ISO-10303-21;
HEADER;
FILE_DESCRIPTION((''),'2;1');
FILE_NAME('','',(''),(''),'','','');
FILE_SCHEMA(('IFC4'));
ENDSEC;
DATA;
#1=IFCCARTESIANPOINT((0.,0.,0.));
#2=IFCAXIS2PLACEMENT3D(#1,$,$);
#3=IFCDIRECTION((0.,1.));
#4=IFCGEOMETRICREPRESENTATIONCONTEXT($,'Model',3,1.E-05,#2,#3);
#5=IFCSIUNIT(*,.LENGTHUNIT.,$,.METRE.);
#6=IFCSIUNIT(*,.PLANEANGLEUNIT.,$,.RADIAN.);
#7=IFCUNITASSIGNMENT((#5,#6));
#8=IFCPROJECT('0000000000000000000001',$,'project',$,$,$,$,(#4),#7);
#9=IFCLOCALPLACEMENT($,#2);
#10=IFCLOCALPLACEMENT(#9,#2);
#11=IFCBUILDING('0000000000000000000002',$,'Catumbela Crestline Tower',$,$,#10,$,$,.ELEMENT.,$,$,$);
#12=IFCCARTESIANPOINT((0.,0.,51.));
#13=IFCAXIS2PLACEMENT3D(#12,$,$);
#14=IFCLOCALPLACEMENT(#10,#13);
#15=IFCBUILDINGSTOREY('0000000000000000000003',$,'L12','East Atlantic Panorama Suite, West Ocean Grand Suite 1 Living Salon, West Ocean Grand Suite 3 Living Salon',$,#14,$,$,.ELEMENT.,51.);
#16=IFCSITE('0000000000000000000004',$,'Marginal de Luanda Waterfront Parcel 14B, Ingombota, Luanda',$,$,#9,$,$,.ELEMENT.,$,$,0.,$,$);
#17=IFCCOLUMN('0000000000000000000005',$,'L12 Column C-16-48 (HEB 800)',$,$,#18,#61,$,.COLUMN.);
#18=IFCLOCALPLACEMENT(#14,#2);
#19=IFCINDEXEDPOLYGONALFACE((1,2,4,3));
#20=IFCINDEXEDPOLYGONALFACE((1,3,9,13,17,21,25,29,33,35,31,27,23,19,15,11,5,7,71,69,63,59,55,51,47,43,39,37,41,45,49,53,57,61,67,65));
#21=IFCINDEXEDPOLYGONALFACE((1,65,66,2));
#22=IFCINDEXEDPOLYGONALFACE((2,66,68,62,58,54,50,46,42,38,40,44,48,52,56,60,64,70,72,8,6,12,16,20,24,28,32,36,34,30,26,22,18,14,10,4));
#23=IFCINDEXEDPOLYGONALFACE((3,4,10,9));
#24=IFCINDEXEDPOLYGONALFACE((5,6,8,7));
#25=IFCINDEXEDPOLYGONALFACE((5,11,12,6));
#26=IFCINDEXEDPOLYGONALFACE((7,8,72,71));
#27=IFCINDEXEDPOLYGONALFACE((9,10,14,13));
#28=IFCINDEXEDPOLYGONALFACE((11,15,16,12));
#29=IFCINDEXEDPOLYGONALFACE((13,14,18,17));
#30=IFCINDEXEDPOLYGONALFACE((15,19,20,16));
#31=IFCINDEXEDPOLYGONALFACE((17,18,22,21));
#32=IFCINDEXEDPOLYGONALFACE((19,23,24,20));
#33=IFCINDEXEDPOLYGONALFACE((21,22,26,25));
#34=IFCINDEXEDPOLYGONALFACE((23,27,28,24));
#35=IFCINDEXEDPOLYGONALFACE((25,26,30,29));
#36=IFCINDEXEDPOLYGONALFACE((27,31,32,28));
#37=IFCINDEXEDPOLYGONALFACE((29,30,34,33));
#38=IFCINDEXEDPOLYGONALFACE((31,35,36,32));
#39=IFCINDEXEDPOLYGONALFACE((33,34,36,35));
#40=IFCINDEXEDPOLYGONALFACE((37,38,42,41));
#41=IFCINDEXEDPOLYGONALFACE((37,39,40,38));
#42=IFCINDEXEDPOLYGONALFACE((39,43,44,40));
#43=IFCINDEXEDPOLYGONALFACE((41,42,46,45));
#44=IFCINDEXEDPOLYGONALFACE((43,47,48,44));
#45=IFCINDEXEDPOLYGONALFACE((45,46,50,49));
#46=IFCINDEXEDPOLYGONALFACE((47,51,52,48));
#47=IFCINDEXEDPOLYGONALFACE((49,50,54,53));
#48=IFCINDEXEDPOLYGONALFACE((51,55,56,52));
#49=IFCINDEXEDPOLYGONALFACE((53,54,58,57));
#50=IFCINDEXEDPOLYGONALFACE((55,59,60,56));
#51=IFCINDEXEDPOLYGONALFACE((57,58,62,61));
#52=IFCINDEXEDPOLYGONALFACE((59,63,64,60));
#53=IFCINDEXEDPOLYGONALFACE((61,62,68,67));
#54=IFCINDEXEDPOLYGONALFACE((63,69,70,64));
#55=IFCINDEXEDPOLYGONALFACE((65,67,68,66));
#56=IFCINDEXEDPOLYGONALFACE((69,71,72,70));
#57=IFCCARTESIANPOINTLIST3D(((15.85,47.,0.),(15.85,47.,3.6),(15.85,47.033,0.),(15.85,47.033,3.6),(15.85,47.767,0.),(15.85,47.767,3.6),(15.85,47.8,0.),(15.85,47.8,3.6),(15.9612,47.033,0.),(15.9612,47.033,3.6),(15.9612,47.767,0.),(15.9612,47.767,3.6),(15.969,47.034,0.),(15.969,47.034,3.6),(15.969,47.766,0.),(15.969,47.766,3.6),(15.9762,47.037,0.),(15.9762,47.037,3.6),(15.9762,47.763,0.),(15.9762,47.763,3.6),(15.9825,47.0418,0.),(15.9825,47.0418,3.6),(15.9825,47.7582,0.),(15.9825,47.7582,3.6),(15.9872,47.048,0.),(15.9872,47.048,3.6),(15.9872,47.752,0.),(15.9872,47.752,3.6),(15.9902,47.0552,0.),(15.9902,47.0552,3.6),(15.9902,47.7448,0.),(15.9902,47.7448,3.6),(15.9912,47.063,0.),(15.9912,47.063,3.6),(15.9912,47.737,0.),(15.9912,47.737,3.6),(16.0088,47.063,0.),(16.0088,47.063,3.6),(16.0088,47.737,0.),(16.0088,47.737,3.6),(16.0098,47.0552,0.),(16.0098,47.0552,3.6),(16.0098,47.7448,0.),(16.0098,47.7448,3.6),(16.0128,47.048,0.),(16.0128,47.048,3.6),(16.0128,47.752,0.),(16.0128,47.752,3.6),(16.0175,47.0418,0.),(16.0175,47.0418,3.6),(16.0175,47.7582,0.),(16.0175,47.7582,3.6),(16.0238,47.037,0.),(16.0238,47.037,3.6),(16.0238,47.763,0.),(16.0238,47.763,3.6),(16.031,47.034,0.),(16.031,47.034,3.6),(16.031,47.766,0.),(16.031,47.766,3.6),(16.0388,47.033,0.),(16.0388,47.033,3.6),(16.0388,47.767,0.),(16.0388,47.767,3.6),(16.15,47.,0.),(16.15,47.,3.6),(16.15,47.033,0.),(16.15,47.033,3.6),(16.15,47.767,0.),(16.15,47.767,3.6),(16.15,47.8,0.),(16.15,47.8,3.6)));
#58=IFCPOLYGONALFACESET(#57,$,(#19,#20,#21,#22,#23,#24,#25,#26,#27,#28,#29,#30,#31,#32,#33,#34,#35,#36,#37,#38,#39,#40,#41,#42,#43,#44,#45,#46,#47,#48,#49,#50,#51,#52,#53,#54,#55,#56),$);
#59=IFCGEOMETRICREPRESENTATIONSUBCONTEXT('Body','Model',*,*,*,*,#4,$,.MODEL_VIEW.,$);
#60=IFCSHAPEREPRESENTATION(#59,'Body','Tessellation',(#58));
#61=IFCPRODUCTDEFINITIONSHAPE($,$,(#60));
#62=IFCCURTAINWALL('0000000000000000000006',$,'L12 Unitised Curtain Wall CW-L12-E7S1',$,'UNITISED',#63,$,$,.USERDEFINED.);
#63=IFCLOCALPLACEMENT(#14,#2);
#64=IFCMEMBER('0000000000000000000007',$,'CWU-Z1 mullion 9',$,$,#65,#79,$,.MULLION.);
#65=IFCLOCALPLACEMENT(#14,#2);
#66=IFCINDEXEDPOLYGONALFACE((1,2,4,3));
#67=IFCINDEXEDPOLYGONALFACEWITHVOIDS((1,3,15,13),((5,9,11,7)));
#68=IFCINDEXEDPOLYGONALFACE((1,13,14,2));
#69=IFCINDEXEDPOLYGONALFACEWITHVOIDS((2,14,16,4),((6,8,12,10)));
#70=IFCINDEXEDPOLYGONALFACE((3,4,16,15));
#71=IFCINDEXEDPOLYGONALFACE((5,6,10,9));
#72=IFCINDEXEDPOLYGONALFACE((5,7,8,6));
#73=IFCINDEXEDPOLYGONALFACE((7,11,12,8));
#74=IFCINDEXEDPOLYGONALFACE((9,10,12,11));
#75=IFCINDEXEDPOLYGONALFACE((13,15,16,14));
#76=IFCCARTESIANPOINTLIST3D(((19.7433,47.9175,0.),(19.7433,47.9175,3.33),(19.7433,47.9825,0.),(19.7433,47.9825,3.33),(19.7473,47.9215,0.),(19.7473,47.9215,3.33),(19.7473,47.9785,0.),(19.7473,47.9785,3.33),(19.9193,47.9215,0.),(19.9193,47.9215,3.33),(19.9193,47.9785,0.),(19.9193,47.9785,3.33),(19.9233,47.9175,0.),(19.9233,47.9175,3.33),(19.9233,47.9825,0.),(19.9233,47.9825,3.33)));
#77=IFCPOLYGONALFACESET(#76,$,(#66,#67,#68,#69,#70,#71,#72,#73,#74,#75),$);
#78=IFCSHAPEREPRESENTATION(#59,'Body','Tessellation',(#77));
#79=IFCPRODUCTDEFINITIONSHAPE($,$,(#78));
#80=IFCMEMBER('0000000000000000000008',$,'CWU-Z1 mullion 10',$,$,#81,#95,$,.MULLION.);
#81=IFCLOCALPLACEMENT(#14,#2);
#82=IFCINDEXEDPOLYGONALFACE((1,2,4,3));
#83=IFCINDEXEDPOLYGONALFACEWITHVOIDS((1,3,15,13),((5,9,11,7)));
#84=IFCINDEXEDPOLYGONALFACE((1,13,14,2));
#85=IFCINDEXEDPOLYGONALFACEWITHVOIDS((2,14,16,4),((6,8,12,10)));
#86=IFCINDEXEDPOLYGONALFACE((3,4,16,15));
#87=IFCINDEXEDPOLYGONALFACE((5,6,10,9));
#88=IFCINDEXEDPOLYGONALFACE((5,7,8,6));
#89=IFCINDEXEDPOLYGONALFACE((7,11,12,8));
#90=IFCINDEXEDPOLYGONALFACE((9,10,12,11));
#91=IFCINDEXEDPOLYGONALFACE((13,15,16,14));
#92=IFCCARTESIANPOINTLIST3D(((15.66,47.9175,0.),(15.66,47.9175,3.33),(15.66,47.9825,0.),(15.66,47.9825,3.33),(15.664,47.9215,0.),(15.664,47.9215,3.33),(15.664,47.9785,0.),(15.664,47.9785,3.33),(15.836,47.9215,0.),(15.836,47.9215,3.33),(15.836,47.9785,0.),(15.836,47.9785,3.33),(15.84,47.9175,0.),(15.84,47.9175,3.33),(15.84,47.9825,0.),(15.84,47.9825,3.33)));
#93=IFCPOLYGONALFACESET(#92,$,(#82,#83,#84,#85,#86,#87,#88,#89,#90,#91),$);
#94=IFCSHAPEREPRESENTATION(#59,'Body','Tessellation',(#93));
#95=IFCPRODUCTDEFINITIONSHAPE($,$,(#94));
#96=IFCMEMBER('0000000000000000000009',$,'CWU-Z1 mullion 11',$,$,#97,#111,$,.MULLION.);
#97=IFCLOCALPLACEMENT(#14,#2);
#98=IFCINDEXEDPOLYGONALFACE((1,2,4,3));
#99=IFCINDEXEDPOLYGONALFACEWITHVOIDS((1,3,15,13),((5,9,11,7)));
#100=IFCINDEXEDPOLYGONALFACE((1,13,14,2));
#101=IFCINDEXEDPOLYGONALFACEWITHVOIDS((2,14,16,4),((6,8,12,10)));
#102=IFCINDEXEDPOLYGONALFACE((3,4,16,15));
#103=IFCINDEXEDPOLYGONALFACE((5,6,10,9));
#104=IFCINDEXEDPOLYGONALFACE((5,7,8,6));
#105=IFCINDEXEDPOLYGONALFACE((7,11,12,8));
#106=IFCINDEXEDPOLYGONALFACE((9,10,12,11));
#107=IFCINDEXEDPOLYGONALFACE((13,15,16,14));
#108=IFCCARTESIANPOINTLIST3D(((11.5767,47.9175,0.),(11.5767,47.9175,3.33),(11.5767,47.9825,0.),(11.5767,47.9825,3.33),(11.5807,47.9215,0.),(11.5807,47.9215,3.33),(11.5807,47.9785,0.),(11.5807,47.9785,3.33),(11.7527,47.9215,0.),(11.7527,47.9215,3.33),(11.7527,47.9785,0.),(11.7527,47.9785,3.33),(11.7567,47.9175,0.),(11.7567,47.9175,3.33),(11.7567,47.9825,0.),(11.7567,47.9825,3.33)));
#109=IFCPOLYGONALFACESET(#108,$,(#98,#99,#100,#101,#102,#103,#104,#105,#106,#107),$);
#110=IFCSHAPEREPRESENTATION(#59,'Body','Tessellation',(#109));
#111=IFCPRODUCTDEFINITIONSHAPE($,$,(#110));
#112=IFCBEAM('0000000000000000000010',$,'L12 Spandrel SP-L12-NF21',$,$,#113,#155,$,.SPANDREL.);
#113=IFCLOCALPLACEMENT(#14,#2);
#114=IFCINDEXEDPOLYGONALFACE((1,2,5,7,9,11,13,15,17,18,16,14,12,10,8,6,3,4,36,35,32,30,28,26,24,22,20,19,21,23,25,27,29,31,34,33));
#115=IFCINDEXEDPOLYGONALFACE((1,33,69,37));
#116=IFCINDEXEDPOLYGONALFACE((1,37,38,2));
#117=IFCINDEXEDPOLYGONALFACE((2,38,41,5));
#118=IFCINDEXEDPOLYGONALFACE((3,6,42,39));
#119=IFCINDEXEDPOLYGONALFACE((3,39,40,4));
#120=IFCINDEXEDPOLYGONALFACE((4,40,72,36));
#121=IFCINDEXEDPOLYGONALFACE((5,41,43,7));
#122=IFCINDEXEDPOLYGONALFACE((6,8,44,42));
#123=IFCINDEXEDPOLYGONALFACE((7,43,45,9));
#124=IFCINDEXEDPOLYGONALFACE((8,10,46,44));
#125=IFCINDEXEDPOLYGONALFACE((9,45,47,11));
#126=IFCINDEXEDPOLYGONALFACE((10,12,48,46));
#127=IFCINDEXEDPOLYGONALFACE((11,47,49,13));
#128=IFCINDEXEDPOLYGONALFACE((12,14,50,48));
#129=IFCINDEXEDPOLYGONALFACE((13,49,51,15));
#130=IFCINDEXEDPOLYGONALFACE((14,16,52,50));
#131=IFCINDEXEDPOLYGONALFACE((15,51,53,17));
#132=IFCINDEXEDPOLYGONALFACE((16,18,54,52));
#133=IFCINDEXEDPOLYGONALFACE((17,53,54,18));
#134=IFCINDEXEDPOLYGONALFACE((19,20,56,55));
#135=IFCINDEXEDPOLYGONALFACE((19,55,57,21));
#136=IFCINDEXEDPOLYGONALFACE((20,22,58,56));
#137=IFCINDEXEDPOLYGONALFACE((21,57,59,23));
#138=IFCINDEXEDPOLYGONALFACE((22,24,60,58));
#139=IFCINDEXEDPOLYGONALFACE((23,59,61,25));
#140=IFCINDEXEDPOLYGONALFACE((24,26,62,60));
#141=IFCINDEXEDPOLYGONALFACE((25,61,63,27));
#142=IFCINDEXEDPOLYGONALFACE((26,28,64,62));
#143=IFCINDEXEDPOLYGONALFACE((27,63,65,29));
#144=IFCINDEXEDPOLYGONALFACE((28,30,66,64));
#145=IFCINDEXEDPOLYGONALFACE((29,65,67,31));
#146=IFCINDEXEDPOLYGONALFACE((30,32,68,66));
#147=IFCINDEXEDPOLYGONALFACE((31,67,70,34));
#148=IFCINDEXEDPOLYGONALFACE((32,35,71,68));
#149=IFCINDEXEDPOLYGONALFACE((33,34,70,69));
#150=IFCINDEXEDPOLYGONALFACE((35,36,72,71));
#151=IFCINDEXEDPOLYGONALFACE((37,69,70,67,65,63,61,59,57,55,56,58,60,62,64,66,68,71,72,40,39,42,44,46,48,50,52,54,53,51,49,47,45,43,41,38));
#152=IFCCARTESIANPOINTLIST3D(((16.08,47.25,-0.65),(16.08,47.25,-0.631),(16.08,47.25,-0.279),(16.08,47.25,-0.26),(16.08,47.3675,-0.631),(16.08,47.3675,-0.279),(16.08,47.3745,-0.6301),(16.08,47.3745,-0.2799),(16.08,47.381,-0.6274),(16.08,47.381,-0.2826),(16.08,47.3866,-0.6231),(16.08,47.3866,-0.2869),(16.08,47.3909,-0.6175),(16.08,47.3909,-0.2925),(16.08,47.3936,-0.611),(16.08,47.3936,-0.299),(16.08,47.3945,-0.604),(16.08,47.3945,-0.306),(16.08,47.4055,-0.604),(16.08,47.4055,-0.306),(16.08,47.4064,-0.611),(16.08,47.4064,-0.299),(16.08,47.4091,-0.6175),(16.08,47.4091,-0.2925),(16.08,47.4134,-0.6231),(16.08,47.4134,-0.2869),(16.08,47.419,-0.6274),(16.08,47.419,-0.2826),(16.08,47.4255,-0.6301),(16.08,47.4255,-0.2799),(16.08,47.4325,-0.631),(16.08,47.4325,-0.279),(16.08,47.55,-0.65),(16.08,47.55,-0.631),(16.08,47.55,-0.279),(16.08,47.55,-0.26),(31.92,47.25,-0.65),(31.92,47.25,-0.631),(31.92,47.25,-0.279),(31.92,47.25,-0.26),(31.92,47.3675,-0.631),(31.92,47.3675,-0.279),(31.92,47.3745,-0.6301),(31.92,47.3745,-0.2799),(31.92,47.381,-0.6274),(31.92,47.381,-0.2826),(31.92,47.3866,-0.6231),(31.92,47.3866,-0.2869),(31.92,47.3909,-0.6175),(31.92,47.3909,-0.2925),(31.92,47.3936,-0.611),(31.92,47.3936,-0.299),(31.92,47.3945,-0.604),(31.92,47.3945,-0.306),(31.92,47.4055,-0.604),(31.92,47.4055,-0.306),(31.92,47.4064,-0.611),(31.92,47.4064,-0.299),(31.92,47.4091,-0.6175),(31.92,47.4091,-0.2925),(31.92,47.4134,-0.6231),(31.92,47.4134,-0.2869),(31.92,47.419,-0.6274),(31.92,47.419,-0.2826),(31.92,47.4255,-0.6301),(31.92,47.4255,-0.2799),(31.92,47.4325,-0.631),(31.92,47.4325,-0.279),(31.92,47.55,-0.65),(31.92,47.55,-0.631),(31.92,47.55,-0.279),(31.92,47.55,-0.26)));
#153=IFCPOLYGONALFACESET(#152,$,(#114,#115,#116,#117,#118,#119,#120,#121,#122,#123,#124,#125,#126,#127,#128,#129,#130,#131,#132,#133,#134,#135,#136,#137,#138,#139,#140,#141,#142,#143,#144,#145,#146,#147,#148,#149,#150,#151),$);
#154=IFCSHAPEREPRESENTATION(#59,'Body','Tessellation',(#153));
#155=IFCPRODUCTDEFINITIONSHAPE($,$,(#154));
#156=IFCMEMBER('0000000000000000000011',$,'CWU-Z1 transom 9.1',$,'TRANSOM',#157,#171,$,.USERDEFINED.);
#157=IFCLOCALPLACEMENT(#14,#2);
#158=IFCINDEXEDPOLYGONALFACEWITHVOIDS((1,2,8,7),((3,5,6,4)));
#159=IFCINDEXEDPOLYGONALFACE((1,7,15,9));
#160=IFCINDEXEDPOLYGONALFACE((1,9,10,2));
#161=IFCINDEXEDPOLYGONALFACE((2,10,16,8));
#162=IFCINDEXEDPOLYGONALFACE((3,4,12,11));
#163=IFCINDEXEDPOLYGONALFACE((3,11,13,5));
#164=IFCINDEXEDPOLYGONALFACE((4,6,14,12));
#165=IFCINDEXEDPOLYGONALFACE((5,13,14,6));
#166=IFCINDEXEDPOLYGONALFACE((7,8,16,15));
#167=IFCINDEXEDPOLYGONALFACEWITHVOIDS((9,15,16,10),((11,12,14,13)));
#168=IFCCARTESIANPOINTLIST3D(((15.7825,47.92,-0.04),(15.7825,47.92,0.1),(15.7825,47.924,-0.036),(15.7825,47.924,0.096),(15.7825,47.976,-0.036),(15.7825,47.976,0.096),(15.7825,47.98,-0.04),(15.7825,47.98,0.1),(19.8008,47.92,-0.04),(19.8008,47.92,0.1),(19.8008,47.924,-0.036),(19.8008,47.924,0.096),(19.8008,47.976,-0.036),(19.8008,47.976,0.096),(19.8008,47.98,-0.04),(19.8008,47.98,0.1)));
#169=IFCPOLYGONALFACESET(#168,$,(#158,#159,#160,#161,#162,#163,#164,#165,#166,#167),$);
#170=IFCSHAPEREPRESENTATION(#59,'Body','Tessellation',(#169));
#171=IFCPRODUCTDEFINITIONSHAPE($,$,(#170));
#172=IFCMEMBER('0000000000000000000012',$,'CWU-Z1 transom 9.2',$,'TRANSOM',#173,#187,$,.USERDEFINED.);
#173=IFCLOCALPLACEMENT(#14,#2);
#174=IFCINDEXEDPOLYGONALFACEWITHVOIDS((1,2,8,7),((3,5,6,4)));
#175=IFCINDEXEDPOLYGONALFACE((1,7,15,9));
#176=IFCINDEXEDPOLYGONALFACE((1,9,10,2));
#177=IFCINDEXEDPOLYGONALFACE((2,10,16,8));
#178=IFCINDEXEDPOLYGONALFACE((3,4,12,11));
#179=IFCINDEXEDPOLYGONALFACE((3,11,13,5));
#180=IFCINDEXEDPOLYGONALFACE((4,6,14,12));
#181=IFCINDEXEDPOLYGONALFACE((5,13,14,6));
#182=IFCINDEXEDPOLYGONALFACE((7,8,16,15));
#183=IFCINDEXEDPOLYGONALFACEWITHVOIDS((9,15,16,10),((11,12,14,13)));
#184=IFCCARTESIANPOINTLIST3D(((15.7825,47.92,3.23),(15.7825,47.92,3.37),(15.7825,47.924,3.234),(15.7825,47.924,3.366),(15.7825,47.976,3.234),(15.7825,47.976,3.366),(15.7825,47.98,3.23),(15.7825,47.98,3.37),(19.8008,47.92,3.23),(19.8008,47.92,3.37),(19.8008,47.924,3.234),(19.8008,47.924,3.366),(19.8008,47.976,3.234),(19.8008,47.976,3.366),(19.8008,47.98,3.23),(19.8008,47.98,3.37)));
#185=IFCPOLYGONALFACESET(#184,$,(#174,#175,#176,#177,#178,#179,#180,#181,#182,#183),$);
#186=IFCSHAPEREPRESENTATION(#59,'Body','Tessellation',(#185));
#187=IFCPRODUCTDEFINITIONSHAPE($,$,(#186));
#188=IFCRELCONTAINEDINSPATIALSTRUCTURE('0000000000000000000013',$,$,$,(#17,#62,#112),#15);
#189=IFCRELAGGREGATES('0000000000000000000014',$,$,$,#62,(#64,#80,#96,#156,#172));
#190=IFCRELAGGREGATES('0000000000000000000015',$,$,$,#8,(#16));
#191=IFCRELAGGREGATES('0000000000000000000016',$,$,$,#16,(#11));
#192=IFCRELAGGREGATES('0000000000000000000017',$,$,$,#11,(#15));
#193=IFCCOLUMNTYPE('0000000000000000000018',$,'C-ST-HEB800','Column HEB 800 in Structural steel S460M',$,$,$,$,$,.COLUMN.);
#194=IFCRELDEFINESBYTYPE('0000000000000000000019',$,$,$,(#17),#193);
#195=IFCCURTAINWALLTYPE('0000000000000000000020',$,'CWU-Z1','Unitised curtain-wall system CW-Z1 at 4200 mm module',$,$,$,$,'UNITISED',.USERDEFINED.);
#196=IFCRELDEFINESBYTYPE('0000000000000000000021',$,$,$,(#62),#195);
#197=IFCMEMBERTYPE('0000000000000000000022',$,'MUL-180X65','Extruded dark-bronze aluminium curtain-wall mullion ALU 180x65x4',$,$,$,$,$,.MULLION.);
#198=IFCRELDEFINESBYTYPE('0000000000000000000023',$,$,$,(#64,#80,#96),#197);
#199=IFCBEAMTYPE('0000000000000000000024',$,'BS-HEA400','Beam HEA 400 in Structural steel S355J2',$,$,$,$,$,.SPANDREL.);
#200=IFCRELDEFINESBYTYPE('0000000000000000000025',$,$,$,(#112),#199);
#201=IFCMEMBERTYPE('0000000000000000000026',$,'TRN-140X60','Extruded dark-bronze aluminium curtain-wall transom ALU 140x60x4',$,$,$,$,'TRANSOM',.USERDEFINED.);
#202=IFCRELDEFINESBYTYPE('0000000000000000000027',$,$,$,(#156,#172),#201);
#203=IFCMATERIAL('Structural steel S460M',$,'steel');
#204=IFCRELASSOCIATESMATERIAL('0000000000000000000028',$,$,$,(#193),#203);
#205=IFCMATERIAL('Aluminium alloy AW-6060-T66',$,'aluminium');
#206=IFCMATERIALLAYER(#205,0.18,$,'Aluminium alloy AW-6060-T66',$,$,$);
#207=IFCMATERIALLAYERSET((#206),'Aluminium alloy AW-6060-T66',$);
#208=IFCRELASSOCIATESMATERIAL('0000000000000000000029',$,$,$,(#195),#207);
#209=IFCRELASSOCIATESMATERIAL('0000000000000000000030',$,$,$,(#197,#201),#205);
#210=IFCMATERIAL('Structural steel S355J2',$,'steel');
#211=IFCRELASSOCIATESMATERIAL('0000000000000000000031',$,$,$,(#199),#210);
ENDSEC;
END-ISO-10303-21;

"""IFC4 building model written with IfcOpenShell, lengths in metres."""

from ifc_helpers import new_model, si_unit, direction, frame, origin, origin_2d, place, context, subcontext, project, spatial, hollow_rectangle, i_section, extrude, material, layer, layer_set, material_profile, profile_set, type_object, element, aggregate, save


model = new_model("IFC4")

# Units and contexts
model_context = context("Model", 3, precision=1e-05, world=origin(), true_north=direction((0.0, 1.0)))
body_context = subcontext(model_context, "Body", "Model", "MODEL_VIEW")
ifc_project = project(units=[si_unit("LENGTHUNIT", "METRE"), si_unit("PLANEANGLEUNIT", "RADIAN")], contexts=[model_context])

# Site, building, storey
site_placement = place(None, origin())
site = spatial("IfcSite", under=ifc_project, at=site_placement, Name="Marginal de Luanda Waterfront Parcel 14B, Ingombota, Luanda", CompositionType="ELEMENT", RefElevation=0.0)
building_placement = place(site_placement, origin())
building = spatial("IfcBuilding", under=site, at=building_placement, Name="Catumbela Crestline Tower", CompositionType="ELEMENT")
storey_placement = place(building_placement, frame((0.0, 0.0, 51.0)))
storey = spatial("IfcBuildingStorey", under=building, at=storey_placement, Name="L12", Description="East Atlantic Panorama Suite, West Ocean Grand Suite 1 Living Salon, West Ocean Grand Suite 3 Living Salon", CompositionType="ELEMENT", Elevation=51.0)

# Column
ifc_material_1 = material(Name="Structural steel S460M", Category="steel")
ifc_material_profile_1 = material_profile(ifc_material_1, i_section(OverallWidth=0.3, OverallDepth=0.8, WebThickness=0.0175, FlangeThickness=0.033, FilletRadius=0.03, at=origin_2d()), Name="HEB 800")
ifc_profile_set_1 = profile_set([ifc_material_profile_1], Name="Structural steel S460M")
column_type = type_object("IfcColumnType", Name="C-ST-HEB800", Description="Column HEB 800 in Structural steel S460M", PredefinedType="COLUMN", material=ifc_profile_set_1)
column_placement = place(storey_placement, frame((16.0, 47.4, 0.0), z_axis=(0.0, 0.0, 1.0), x_axis=(1.0, 0.0, 0.0)))
element("IfcColumn", 1, at=column_placement, inside=storey, type_object=column_type, Name="L12 Column C-16-48 (HEB 800)", PredefinedType="COLUMN", context=body_context, shape_type="SweptSolid", body=[
    extrude(i_section(OverallWidth=0.3, OverallDepth=0.8, WebThickness=0.0175, FlangeThickness=0.033, FilletRadius=0.03, at=origin_2d()), origin(), (0.0, 0.0, 1.0), 3.6),
])

# Curtain wall, members
ifc_material_2 = material(Name="Aluminium alloy AW-6060-T66", Category="aluminium")
ifc_layer_1 = layer(ifc_material_2, 0.18, Name="Aluminium alloy AW-6060-T66")
ifc_layer_set_1 = layer_set([ifc_layer_1], Name="Aluminium alloy AW-6060-T66")
curtain_wall_type = type_object("IfcCurtainWallType", Name="CWU-Z1", Description="Unitised curtain-wall system CW-Z1 at 4200 mm module", ElementType="UNITISED", PredefinedType="USERDEFINED", material=ifc_layer_set_1)
curtain_wall_placement = place(storey_placement, origin())
curtain_wall = element("IfcCurtainWall", 2, at=curtain_wall_placement, inside=storey, type_object=curtain_wall_type, Name="L12 Unitised Curtain Wall CW-L12-E7S1", ObjectType="UNITISED", PredefinedType="USERDEFINED")
ifc_material_profile_2 = material_profile(ifc_material_2, hollow_rectangle(XDim=0.065, YDim=0.18, WallThickness=0.004, at=origin_2d()), Name="ALU 180x65x4")
ifc_profile_set_2 = profile_set([ifc_material_profile_2], Name="Aluminium alloy AW-6060-T66")
member_type_1 = type_object("IfcMemberType", Name="MUL-180X65", Description="Extruded dark-bronze aluminium curtain-wall mullion ALU 180x65x4", PredefinedType="MULLION", material=ifc_profile_set_2)
member_1_placement = place(storey_placement, frame((19.8333, 47.95, 0.0), z_axis=(0.0, 0.0, 1.0), x_axis=(0.0, -1.0, 0.0)))
member_1 = element("IfcMember", 3, at=member_1_placement, type_object=member_type_1, Name="CWU-Z1 mullion 9", PredefinedType="MULLION", context=body_context, shape_type="SweptSolid", body=[
    extrude(hollow_rectangle(XDim=0.065, YDim=0.18, WallThickness=0.004, at=origin_2d()), origin(), (0.0, 0.0, 1.0), 3.33),
])
member_2_placement = place(storey_placement, frame((15.75, 47.95, 0.0), z_axis=(0.0, 0.0, 1.0), x_axis=(0.0, -1.0, 0.0)))
member_2 = element("IfcMember", 4, at=member_2_placement, type_object=member_type_1, Name="CWU-Z1 mullion 10", PredefinedType="MULLION", context=body_context, shape_type="SweptSolid", body=[
    extrude(hollow_rectangle(XDim=0.065, YDim=0.18, WallThickness=0.004, at=origin_2d()), origin(), (0.0, 0.0, 1.0), 3.33),
])
member_3_placement = place(storey_placement, frame((11.6667, 47.95, 0.0), z_axis=(0.0, 0.0, 1.0), x_axis=(0.0, -1.0, 0.0)))
member_3 = element("IfcMember", 5, at=member_3_placement, type_object=member_type_1, Name="CWU-Z1 mullion 11", PredefinedType="MULLION", context=body_context, shape_type="SweptSolid", body=[
    extrude(hollow_rectangle(XDim=0.065, YDim=0.18, WallThickness=0.004, at=origin_2d()), origin(), (0.0, 0.0, 1.0), 3.33),
])

# Beam
ifc_material_3 = material(Name="Structural steel S355J2", Category="steel")
ifc_material_profile_3 = material_profile(ifc_material_3, i_section(OverallWidth=0.3, OverallDepth=0.39, WebThickness=0.011, FlangeThickness=0.019, FilletRadius=0.027, at=origin_2d()), Name="HEA 400")
ifc_profile_set_3 = profile_set([ifc_material_profile_3], Name="Structural steel S355J2")
beam_type = type_object("IfcBeamType", Name="BS-HEA400", Description="Beam HEA 400 in Structural steel S355J2", PredefinedType="SPANDREL", material=ifc_profile_set_3)
beam_placement = place(storey_placement, frame((16.08, 47.4, -0.455), z_axis=(1.0, 0.0, 0.0), x_axis=(0.0, 1.0, 0.0)))
element("IfcBeam", 6, at=beam_placement, inside=storey, type_object=beam_type, Name="L12 Spandrel SP-L12-NF21", PredefinedType="SPANDREL", context=body_context, shape_type="SweptSolid", body=[
    extrude(i_section(OverallWidth=0.3, OverallDepth=0.39, WebThickness=0.011, FlangeThickness=0.019, FilletRadius=0.027, at=origin_2d()), origin(), (0.0, 0.0, 1.0), 15.84),
])

# Members
ifc_material_profile_4 = material_profile(ifc_material_2, hollow_rectangle(XDim=0.06, YDim=0.14, WallThickness=0.004, at=origin_2d()), Name="ALU 140x60x4")
ifc_profile_set_4 = profile_set([ifc_material_profile_4], Name="Aluminium alloy AW-6060-T66")
member_type_2 = type_object("IfcMemberType", Name="TRN-140X60", Description="Extruded dark-bronze aluminium curtain-wall transom ALU 140x60x4", ElementType="TRANSOM", PredefinedType="USERDEFINED", material=ifc_profile_set_4)
member_4_placement = place(storey_placement, frame((19.8008, 47.95, 0.03), z_axis=(-1.0, 0.0, 0.0), x_axis=(0.0, -1.0, 0.0)))
member_4 = element("IfcMember", 7, at=member_4_placement, type_object=member_type_2, Name="CWU-Z1 transom 9.1", ObjectType="TRANSOM", PredefinedType="USERDEFINED", context=body_context, shape_type="SweptSolid", body=[
    extrude(hollow_rectangle(XDim=0.06, YDim=0.14, WallThickness=0.004, at=origin_2d()), origin(), (0.0, 0.0, 1.0), 4.0183),
])
member_5_placement = place(storey_placement, frame((19.8008, 47.95, 3.3), z_axis=(-1.0, 0.0, 0.0), x_axis=(0.0, -1.0, 0.0)))
member_5 = element("IfcMember", 8, at=member_5_placement, type_object=member_type_2, Name="CWU-Z1 transom 9.2", ObjectType="TRANSOM", PredefinedType="USERDEFINED", context=body_context, shape_type="SweptSolid", body=[
    extrude(hollow_rectangle(XDim=0.06, YDim=0.14, WallThickness=0.004, at=origin_2d()), origin(), (0.0, 0.0, 1.0), 4.0183),
])

aggregate(curtain_wall, [member_1, member_2, member_3, member_4, member_5])

save(model, "model.ifc")
